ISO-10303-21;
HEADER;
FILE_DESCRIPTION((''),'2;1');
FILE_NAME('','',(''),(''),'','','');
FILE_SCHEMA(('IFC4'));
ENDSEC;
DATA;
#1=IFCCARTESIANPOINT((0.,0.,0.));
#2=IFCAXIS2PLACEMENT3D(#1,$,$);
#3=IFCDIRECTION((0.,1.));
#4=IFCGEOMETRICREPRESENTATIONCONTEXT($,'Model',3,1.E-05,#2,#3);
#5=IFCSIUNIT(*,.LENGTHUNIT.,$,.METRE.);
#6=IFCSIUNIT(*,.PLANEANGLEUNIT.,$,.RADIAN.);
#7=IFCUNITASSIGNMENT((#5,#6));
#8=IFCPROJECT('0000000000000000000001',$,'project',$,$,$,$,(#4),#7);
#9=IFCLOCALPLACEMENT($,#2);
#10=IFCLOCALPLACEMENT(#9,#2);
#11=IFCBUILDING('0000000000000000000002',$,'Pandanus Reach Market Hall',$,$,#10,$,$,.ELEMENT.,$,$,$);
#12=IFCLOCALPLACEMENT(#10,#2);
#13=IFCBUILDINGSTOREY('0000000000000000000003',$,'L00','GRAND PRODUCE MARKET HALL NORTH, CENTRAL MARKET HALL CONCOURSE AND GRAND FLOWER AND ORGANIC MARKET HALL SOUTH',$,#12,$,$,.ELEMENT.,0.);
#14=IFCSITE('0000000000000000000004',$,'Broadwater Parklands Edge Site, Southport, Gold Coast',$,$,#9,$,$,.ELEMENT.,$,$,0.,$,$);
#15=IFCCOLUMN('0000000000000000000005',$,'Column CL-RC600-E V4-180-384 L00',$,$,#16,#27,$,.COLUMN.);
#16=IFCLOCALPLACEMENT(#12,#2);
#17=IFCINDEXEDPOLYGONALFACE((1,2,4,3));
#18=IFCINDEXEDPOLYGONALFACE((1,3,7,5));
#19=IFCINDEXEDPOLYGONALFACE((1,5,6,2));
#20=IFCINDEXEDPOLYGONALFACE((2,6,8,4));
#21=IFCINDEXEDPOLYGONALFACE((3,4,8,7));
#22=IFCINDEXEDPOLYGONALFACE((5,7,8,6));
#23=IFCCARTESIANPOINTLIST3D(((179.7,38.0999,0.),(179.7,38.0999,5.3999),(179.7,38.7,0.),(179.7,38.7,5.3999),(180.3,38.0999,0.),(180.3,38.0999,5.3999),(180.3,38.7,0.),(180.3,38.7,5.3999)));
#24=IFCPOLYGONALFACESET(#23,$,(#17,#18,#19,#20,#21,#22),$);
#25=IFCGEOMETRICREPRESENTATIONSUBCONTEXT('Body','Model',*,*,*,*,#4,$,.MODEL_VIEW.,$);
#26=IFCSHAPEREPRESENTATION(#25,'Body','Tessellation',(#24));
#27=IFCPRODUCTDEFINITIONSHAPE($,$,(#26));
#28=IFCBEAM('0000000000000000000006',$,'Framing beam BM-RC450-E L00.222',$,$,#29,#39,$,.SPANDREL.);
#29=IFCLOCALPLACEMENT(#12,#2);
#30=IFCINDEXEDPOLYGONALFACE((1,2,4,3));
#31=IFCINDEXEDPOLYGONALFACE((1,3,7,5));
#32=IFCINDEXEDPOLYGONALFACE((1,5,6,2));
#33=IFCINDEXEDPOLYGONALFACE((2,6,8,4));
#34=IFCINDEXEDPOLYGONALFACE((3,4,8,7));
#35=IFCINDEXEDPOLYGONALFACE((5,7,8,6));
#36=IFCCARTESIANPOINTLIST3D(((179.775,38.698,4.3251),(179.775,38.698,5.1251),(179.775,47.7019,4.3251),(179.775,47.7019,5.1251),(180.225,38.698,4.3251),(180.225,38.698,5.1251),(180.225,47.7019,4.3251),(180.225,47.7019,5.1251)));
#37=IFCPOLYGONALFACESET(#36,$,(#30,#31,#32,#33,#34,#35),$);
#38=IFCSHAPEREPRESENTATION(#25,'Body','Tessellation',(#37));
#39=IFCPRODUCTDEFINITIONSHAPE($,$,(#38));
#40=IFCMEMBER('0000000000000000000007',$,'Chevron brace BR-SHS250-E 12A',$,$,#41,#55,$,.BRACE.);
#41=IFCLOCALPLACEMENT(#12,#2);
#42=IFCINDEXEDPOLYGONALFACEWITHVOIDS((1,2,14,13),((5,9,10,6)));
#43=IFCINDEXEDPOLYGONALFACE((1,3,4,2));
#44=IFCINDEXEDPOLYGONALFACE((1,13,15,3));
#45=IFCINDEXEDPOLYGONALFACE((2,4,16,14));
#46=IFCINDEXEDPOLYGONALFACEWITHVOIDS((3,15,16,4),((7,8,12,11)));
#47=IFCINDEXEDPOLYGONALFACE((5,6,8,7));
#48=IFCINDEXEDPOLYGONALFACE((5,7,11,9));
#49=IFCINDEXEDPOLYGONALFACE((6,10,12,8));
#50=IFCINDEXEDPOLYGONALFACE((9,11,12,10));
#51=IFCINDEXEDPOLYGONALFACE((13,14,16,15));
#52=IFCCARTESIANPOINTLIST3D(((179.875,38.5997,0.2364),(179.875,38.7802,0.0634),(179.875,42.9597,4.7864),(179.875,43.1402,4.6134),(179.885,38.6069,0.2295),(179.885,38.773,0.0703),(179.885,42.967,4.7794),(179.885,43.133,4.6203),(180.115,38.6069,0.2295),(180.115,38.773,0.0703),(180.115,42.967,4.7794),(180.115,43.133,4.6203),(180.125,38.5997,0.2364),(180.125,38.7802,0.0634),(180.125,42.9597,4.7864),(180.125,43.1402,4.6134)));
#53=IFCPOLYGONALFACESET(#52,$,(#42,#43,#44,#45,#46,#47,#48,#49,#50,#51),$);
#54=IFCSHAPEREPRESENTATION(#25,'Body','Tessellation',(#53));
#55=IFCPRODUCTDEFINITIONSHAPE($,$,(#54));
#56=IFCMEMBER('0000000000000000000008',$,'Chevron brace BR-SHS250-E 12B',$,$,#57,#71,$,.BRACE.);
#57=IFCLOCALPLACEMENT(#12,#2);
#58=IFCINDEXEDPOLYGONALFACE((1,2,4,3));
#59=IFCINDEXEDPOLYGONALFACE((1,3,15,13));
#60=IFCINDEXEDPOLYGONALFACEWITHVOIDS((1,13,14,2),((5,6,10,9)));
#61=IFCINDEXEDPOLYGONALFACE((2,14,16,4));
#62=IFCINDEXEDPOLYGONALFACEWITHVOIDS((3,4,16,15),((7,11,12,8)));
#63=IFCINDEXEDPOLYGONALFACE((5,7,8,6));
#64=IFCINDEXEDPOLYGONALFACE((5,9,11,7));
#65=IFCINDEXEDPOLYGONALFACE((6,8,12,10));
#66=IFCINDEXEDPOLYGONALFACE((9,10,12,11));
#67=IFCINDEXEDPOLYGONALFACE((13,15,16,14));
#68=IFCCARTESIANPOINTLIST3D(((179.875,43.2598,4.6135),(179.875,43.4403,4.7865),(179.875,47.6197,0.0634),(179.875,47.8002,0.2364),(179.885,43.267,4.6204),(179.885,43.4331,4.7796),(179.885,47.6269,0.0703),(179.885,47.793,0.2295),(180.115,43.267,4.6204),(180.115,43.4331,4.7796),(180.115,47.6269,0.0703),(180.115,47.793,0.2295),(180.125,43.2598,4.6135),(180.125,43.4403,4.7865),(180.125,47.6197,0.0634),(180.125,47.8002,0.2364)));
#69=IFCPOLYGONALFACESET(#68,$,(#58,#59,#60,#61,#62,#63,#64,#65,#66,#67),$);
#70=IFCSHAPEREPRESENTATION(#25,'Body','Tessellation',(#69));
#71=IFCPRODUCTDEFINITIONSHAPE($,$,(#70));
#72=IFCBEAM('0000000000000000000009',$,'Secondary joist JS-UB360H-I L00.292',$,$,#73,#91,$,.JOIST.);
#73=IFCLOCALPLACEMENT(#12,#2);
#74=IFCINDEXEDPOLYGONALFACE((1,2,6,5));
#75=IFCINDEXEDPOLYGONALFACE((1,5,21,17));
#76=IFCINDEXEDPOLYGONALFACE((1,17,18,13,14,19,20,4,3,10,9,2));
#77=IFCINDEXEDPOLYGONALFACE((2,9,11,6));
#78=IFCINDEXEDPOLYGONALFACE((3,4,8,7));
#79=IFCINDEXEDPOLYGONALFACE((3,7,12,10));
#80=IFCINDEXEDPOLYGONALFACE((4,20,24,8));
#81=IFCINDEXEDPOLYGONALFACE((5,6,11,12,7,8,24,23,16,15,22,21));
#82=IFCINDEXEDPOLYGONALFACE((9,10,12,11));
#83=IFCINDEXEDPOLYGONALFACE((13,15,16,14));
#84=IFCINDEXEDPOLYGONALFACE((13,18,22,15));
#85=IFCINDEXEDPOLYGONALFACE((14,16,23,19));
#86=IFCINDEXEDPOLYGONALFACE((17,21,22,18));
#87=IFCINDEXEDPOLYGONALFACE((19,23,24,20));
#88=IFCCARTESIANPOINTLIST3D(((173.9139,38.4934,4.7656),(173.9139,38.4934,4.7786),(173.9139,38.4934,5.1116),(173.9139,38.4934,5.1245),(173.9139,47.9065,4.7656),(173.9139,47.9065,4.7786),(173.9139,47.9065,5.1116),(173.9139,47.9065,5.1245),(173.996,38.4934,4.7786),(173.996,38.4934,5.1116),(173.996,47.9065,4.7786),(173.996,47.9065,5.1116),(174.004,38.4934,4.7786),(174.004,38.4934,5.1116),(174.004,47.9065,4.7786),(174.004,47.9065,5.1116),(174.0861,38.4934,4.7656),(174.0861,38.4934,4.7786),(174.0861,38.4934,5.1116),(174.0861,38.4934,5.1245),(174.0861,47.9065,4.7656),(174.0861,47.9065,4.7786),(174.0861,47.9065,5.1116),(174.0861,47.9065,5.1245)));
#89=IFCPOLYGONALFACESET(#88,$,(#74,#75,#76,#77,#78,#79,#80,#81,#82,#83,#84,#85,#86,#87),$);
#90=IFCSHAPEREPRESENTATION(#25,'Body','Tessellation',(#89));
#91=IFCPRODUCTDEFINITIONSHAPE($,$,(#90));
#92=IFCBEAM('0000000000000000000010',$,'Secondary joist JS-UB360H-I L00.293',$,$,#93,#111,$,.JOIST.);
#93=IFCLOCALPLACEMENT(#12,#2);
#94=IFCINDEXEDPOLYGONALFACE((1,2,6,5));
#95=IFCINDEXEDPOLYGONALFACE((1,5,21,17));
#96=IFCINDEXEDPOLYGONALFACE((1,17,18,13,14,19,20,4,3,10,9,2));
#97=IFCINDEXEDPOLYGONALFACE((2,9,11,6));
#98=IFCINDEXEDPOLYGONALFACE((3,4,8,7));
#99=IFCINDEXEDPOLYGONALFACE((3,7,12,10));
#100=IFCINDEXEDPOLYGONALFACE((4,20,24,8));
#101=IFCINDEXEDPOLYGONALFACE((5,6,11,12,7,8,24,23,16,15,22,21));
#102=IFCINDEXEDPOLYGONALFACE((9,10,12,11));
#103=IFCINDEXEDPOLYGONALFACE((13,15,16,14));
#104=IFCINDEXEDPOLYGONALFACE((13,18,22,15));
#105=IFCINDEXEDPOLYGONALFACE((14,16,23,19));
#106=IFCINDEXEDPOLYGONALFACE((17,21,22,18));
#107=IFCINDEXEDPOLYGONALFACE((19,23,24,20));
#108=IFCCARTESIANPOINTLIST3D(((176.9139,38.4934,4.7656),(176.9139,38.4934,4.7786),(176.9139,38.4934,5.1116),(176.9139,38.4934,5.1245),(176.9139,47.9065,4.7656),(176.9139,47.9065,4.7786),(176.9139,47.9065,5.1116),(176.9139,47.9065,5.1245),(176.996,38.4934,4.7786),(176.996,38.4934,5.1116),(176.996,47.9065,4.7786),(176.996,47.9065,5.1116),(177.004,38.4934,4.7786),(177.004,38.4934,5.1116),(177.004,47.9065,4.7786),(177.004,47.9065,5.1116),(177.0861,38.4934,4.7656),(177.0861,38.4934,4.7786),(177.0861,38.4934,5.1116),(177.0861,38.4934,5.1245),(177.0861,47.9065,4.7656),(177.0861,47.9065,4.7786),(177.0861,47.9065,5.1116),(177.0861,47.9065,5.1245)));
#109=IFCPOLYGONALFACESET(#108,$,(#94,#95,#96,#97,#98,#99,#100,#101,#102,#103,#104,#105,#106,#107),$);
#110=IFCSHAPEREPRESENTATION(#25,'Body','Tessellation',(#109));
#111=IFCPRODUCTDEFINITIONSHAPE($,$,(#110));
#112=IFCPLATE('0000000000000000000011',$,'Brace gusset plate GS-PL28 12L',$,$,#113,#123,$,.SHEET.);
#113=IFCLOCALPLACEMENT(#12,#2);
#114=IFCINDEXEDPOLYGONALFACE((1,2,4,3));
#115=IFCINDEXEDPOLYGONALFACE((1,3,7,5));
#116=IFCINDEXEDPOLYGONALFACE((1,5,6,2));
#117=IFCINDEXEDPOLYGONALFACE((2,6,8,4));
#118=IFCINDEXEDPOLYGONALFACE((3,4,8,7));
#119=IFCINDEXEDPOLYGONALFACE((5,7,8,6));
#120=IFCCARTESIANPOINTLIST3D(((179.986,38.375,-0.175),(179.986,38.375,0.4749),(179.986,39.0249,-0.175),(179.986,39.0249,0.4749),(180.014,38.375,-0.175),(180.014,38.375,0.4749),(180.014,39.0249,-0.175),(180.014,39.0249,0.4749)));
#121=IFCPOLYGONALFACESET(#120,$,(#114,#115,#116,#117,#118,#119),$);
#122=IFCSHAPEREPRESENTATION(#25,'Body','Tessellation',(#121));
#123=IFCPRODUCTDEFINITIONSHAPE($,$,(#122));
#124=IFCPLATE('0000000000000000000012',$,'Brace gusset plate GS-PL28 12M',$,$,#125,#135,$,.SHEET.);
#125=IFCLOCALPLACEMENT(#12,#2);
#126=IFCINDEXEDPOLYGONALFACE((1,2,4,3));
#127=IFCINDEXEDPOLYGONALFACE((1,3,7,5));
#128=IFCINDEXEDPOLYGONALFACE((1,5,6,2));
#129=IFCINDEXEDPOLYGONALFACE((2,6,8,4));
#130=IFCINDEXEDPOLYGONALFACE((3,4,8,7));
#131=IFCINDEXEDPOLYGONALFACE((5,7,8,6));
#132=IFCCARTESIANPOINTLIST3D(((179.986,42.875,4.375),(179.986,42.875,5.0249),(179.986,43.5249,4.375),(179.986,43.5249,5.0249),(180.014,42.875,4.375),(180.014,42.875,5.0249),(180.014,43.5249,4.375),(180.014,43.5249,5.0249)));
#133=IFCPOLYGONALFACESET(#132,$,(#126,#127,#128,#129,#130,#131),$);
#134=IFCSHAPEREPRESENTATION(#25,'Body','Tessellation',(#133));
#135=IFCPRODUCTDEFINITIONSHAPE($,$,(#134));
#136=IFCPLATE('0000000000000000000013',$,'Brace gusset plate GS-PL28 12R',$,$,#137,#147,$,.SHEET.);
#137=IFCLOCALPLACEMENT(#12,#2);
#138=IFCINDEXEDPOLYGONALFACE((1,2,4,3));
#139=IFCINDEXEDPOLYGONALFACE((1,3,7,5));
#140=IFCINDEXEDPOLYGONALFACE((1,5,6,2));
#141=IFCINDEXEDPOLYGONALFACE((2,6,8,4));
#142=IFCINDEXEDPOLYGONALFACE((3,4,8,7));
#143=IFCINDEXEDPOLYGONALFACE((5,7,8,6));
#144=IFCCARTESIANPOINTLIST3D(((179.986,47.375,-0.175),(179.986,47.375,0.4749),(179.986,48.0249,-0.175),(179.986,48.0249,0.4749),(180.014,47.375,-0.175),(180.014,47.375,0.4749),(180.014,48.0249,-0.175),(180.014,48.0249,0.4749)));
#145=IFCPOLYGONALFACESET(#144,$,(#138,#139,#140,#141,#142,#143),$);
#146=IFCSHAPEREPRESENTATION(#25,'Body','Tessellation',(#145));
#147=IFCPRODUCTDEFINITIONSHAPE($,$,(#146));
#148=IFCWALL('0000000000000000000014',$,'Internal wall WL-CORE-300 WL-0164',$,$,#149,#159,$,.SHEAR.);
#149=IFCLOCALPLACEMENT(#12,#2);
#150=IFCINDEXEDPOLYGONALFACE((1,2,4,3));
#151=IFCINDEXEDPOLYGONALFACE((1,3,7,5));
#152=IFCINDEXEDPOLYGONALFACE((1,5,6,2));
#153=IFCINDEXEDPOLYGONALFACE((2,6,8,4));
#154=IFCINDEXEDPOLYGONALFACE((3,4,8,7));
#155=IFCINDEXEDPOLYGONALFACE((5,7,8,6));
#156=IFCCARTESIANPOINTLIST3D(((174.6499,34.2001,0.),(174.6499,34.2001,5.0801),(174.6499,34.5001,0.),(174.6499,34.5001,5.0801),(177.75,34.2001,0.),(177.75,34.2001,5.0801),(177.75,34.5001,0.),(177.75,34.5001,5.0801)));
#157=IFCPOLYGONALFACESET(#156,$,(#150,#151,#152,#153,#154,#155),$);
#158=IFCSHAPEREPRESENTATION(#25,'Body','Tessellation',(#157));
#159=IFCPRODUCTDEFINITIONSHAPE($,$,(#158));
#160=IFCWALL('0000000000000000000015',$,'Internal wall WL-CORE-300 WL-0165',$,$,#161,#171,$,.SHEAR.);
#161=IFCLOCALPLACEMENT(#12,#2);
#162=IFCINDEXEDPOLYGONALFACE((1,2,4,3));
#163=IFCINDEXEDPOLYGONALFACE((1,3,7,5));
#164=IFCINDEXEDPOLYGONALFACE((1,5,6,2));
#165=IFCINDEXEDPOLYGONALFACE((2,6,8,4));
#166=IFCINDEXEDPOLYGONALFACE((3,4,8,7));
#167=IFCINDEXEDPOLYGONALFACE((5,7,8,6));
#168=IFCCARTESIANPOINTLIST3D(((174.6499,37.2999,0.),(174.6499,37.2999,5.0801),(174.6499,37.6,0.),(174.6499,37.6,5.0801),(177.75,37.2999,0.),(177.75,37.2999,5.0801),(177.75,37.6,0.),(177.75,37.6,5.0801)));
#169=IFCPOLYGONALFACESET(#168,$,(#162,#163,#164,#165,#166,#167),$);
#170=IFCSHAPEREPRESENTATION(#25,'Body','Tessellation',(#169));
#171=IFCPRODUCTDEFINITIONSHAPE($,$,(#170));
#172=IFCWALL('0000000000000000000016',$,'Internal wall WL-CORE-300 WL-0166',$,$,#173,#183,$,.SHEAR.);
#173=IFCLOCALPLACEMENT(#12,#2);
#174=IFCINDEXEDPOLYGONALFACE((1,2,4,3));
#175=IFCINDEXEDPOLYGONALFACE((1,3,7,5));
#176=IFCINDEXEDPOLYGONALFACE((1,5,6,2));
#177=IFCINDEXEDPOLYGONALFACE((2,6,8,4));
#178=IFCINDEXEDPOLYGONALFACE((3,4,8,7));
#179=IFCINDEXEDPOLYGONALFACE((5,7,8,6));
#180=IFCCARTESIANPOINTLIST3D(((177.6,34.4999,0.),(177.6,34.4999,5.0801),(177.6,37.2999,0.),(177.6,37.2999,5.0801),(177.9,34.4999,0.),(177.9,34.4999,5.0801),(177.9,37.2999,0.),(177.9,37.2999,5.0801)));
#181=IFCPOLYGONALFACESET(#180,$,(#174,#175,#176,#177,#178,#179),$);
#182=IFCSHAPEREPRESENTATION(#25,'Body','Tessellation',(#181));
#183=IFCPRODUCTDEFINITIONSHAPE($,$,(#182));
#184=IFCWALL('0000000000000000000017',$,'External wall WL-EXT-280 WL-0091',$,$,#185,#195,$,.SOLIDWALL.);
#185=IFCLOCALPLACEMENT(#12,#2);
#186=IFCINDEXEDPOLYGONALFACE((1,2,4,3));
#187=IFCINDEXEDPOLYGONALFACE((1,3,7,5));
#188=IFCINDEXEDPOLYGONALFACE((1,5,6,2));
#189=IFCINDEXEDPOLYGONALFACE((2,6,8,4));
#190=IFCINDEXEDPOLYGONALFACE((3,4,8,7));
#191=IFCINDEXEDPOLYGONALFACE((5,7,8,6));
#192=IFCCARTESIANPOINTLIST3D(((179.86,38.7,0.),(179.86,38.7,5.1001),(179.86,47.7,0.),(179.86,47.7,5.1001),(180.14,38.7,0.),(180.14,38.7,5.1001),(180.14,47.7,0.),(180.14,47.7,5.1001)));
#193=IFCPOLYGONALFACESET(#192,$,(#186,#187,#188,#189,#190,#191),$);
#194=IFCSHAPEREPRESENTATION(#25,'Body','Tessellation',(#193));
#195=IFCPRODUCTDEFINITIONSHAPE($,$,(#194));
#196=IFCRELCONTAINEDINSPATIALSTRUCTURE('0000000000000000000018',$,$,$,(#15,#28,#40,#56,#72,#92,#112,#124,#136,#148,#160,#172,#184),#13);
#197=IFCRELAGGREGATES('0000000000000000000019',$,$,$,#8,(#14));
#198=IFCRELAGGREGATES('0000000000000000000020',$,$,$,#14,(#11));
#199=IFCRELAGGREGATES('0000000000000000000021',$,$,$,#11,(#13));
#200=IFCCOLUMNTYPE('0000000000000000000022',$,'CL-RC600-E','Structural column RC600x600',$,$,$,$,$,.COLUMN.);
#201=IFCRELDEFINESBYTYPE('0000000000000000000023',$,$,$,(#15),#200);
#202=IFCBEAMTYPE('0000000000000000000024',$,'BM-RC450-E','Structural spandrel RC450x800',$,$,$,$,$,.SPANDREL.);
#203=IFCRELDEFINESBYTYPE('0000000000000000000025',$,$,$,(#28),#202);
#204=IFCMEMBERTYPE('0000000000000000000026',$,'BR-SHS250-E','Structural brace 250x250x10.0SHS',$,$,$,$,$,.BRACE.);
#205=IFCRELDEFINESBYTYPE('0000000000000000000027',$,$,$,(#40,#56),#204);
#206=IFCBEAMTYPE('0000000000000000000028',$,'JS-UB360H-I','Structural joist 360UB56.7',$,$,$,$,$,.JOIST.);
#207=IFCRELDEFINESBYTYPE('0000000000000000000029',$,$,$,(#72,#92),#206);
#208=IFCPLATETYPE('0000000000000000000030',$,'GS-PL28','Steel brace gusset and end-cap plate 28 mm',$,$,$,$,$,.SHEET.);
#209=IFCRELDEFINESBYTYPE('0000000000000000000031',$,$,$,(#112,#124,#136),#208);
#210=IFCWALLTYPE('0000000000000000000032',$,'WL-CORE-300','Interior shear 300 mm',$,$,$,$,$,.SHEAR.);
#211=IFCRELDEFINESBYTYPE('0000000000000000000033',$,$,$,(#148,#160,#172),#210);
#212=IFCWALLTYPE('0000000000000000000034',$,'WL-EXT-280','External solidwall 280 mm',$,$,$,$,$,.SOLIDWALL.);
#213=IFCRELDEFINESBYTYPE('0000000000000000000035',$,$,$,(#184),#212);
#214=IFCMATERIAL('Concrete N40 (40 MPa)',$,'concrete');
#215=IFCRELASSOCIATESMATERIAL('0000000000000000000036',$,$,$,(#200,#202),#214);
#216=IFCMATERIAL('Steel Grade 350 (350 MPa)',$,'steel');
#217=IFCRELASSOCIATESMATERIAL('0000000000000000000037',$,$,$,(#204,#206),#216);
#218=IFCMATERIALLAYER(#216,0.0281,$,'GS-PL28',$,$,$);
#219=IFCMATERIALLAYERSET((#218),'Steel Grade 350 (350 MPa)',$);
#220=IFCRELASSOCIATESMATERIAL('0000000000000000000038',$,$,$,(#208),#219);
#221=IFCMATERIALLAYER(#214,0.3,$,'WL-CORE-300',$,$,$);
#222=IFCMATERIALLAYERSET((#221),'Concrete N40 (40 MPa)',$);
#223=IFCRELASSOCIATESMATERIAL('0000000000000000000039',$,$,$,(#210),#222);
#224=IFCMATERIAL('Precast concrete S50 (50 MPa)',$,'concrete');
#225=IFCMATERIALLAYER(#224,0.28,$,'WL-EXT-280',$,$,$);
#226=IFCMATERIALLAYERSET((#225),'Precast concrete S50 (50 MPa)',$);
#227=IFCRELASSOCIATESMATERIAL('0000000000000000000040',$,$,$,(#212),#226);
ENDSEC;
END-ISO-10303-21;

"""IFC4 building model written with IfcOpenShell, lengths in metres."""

from ifc_helpers import new_model, si_unit, direction, frame, frame_2d, origin, origin_2d, place, context, subcontext, project, spatial, rectangle, hollow_rectangle, i_section, extrude, material, layer, layer_set, material_profile, profile_set, type_object, element, save


model = new_model("IFC4")

# Units and contexts
model_context = context("Model", 3, precision=1e-05, world=origin(), true_north=direction((0.0, 1.0)))
body_context = subcontext(model_context, "Body", "Model", "MODEL_VIEW")
ifc_project = project(units=[si_unit("LENGTHUNIT", "METRE"), si_unit("PLANEANGLEUNIT", "RADIAN")], contexts=[model_context])

# Site, building, storey
site_placement = place(None, origin())
site = spatial("IfcSite", under=ifc_project, at=site_placement, Name="Broadwater Parklands Edge Site, Southport, Gold Coast", CompositionType="ELEMENT", RefElevation=0.0)
building_placement = place(site_placement, origin())
building = spatial("IfcBuilding", under=site, at=building_placement, Name="Pandanus Reach Market Hall", CompositionType="ELEMENT")
storey_placement = place(building_placement, origin())
storey = spatial("IfcBuildingStorey", under=building, at=storey_placement, Name="L00", Description="GRAND PRODUCE MARKET HALL NORTH, CENTRAL MARKET HALL CONCOURSE AND GRAND FLOWER AND ORGANIC MARKET HALL SOUTH", CompositionType="ELEMENT", Elevation=0.0)

# Column
ifc_material_1 = material(Name="Concrete N40 (40 MPa)", Category="concrete")
ifc_material_profile_1 = material_profile(ifc_material_1, rectangle(XDim=0.6001, YDim=0.6001, at=origin_2d()), Name="RC600x600", Category="LoadBearing")
ifc_profile_set_1 = profile_set([ifc_material_profile_1], Name="Concrete N40 (40 MPa)")
column_type = type_object("IfcColumnType", Name="CL-RC600-E", Description="Structural column RC600x600", PredefinedType="COLUMN", material=ifc_profile_set_1)
column_placement = place(storey_placement, frame((180.0, 38.3999, 0.0), z_axis=(0.0, 0.0, 1.0), x_axis=(1.0, 0.0, 0.0)))
element("IfcColumn", 1, at=column_placement, inside=storey, type_object=column_type, Name="Column CL-RC600-E V4-180-384 L00", PredefinedType="COLUMN", context=body_context, shape_type="SweptSolid", body=[
    extrude(rectangle(XDim=0.6001, YDim=0.6001, at=origin_2d()), origin(), (0.0, 0.0, 1.0), 5.3999),
])

# Beam
ifc_material_profile_2 = material_profile(ifc_material_1, rectangle(XDim=0.45, YDim=0.8, at=origin_2d()), Name="RC450x800", Category="LoadBearing")
ifc_profile_set_2 = profile_set([ifc_material_profile_2], Name="Concrete N40 (40 MPa)")
beam_type_1 = type_object("IfcBeamType", Name="BM-RC450-E", Description="Structural spandrel RC450x800", PredefinedType="SPANDREL", material=ifc_profile_set_2)
beam_placement = place(storey_placement, frame((180.0, 38.698, 4.7251), z_axis=(0.0, 1.0, 0.0), x_axis=(-1.0, 0.0, 0.0)))
element("IfcBeam", 2, at=beam_placement, inside=storey, type_object=beam_type_1, Name="Framing beam BM-RC450-E L00.222", PredefinedType="SPANDREL", context=body_context, shape_type="SweptSolid", body=[
    extrude(rectangle(XDim=0.45, YDim=0.8, at=origin_2d()), origin(), (0.0, 0.0, 1.0), 9.0039),
])

# Members
ifc_material_2 = material(Name="Steel Grade 350 (350 MPa)", Category="steel")
ifc_material_profile_3 = material_profile(ifc_material_2, hollow_rectangle(XDim=0.25, YDim=0.25, WallThickness=0.01, at=origin_2d()), Name="250x250x10.0SHS", Category="LoadBearing")
ifc_profile_set_3 = profile_set([ifc_material_profile_3], Name="Steel Grade 350 (350 MPa)")
member_type = type_object("IfcMemberType", Name="BR-SHS250-E", Description="Structural brace 250x250x10.0SHS", PredefinedType="BRACE", material=ifc_profile_set_3)
for number, where, z_axis, x_axis, name in (
    (3, (180.0, 38.6899, 0.1499), (0.0, 0.691876, 0.722016), (-1.0, 0.0, 0.0), "Chevron brace BR-SHS250-E 12A"),
    (4, (180.0, 47.71, 0.1499), (0.0, -0.691856, 0.722036), (1.0, 0.0, 0.0), "Chevron brace BR-SHS250-E 12B"),
):
    element("IfcMember", number, at=place(storey_placement, frame(where, z_axis=z_axis, x_axis=x_axis)), inside=storey, type_object=member_type, Name=name, PredefinedType="BRACE", context=body_context, shape_type="SweptSolid", body=[
        extrude(hollow_rectangle(XDim=0.25, YDim=0.25, WallThickness=0.01, at=origin_2d()), origin(), (0.0, 0.0, 1.0), 6.3018),
    ])

# Beams
ifc_material_profile_4 = material_profile(ifc_material_2, i_section(OverallWidth=0.1721, OverallDepth=0.3589, WebThickness=0.0081, FlangeThickness=0.0129, at=origin_2d()), Name="360UB56.7", Category="LoadBearing")
ifc_profile_set_4 = profile_set([ifc_material_profile_4], Name="Steel Grade 350 (350 MPa)")
beam_type_2 = type_object("IfcBeamType", Name="JS-UB360H-I", Description="Structural joist 360UB56.7", PredefinedType="JOIST", material=ifc_profile_set_4)
for number, where, z_axis, x_axis, name in (
    (5, (174.0, 38.4934, 4.9451), (0.0, 1.0, 0.0), (-1.0, 0.0, 0.0), "Secondary joist JS-UB360H-I L00.292"),
    (6, (177.0, 38.4934, 4.9451), (0.0, 1.0, 0.0), (-1.0, 0.0, 0.0), "Secondary joist JS-UB360H-I L00.293"),
):
    element("IfcBeam", number, at=place(storey_placement, frame(where, z_axis=z_axis, x_axis=x_axis)), inside=storey, type_object=beam_type_2, Name=name, PredefinedType="JOIST", context=body_context, shape_type="SweptSolid", body=[
        extrude(i_section(OverallWidth=0.1721, OverallDepth=0.3589, WebThickness=0.0081, FlangeThickness=0.0129, at=origin_2d()), origin(), (0.0, 0.0, 1.0), 9.4131),
    ])

# Plates
ifc_layer_1 = layer(ifc_material_2, 0.0281, Name="GS-PL28")
ifc_layer_set_1 = layer_set([ifc_layer_1], Name="Steel Grade 350 (350 MPa)")
plate_type = type_object("IfcPlateType", Name="GS-PL28", Description="Steel brace gusset and end-cap plate 28 mm", PredefinedType="SHEET", material=ifc_layer_set_1)
for number, where, z_axis, x_axis, name in (
    (7, (180.0, 38.7, -0.175), (0.0, 0.0, 1.0), (0.0, 1.0, 0.0), "Brace gusset plate GS-PL28 12L"),
    (8, (180.0, 43.2, 4.375), (0.0, 0.0, 1.0), (0.0, 1.0, 0.0), "Brace gusset plate GS-PL28 12M"),
    (9, (180.0, 47.7, -0.175), (0.0, 0.0, 1.0), (0.0, 1.0, 0.0), "Brace gusset plate GS-PL28 12R"),
):
    element("IfcPlate", number, at=place(storey_placement, frame(where, z_axis=z_axis, x_axis=x_axis)), inside=storey, type_object=plate_type, Name=name, PredefinedType="SHEET", context=body_context, shape_type="SweptSolid", body=[
        extrude(rectangle(XDim=0.6499, YDim=0.0281, at=origin_2d()), origin(), (0.0, 0.0, 1.0), 0.6499),
    ])

# Walls
ifc_layer_2 = layer(ifc_material_1, 0.3, Name="WL-CORE-300")
ifc_layer_set_2 = layer_set([ifc_layer_2], Name="Concrete N40 (40 MPa)")
wall_type_1 = type_object("IfcWallType", Name="WL-CORE-300", Description="Interior shear 300 mm", PredefinedType="SHEAR", material=ifc_layer_set_2)
for number, where, z_axis, x_axis, name in (
    (10, (174.6499, 34.3501, 0.0), (0.0, 0.0, 1.0), (1.0, 0.0, 0.0), "Internal wall WL-CORE-300 WL-0164"),
    (11, (174.6499, 37.45, 0.0), (0.0, 0.0, 1.0), (1.0, 0.0, 0.0), "Internal wall WL-CORE-300 WL-0165"),
):
    element("IfcWall", number, at=place(storey_placement, frame(where, z_axis=z_axis, x_axis=x_axis)), inside=storey, type_object=wall_type_1, Name=name, PredefinedType="SHEAR", context=body_context, shape_type="SweptSolid", body=[
        extrude(rectangle(XDim=3.1001, YDim=0.3, at=frame_2d((1.55, 0.0))), origin(), (0.0, 0.0, 1.0), 5.0801),
    ])
wall_1_placement = place(storey_placement, frame((177.75, 34.5, 0.0), z_axis=(0.0, 0.0, 1.0), x_axis=(0.0, 1.0, 0.0)))
element("IfcWall", 12, at=wall_1_placement, inside=storey, type_object=wall_type_1, Name="Internal wall WL-CORE-300 WL-0166", PredefinedType="SHEAR", context=body_context, shape_type="SweptSolid", body=[
    extrude(rectangle(XDim=2.8, YDim=0.3, at=frame_2d((1.3999, 0.0))), origin(), (0.0, 0.0, 1.0), 5.0801),
])

# Wall
ifc_material_3 = material(Name="Precast concrete S50 (50 MPa)", Category="concrete")
ifc_layer_3 = layer(ifc_material_3, 0.28, Name="WL-EXT-280")
ifc_layer_set_3 = layer_set([ifc_layer_3], Name="Precast concrete S50 (50 MPa)")
wall_type_2 = type_object("IfcWallType", Name="WL-EXT-280", Description="External solidwall 280 mm", PredefinedType="SOLIDWALL", material=ifc_layer_set_3)
wall_2_placement = place(storey_placement, frame((180.0, 38.7, 0.0), z_axis=(0.0, 0.0, 1.0), x_axis=(0.0, 1.0, 0.0)))
element("IfcWall", 13, at=wall_2_placement, inside=storey, type_object=wall_type_2, Name="External wall WL-EXT-280 WL-0091", PredefinedType="SOLIDWALL", context=body_context, shape_type="SweptSolid", body=[
    extrude(rectangle(XDim=9.0, YDim=0.28, at=frame_2d((4.5, 0.0))), origin(), (0.0, 0.0, 1.0), 5.1001),
])

save(model, "model.ifc")
